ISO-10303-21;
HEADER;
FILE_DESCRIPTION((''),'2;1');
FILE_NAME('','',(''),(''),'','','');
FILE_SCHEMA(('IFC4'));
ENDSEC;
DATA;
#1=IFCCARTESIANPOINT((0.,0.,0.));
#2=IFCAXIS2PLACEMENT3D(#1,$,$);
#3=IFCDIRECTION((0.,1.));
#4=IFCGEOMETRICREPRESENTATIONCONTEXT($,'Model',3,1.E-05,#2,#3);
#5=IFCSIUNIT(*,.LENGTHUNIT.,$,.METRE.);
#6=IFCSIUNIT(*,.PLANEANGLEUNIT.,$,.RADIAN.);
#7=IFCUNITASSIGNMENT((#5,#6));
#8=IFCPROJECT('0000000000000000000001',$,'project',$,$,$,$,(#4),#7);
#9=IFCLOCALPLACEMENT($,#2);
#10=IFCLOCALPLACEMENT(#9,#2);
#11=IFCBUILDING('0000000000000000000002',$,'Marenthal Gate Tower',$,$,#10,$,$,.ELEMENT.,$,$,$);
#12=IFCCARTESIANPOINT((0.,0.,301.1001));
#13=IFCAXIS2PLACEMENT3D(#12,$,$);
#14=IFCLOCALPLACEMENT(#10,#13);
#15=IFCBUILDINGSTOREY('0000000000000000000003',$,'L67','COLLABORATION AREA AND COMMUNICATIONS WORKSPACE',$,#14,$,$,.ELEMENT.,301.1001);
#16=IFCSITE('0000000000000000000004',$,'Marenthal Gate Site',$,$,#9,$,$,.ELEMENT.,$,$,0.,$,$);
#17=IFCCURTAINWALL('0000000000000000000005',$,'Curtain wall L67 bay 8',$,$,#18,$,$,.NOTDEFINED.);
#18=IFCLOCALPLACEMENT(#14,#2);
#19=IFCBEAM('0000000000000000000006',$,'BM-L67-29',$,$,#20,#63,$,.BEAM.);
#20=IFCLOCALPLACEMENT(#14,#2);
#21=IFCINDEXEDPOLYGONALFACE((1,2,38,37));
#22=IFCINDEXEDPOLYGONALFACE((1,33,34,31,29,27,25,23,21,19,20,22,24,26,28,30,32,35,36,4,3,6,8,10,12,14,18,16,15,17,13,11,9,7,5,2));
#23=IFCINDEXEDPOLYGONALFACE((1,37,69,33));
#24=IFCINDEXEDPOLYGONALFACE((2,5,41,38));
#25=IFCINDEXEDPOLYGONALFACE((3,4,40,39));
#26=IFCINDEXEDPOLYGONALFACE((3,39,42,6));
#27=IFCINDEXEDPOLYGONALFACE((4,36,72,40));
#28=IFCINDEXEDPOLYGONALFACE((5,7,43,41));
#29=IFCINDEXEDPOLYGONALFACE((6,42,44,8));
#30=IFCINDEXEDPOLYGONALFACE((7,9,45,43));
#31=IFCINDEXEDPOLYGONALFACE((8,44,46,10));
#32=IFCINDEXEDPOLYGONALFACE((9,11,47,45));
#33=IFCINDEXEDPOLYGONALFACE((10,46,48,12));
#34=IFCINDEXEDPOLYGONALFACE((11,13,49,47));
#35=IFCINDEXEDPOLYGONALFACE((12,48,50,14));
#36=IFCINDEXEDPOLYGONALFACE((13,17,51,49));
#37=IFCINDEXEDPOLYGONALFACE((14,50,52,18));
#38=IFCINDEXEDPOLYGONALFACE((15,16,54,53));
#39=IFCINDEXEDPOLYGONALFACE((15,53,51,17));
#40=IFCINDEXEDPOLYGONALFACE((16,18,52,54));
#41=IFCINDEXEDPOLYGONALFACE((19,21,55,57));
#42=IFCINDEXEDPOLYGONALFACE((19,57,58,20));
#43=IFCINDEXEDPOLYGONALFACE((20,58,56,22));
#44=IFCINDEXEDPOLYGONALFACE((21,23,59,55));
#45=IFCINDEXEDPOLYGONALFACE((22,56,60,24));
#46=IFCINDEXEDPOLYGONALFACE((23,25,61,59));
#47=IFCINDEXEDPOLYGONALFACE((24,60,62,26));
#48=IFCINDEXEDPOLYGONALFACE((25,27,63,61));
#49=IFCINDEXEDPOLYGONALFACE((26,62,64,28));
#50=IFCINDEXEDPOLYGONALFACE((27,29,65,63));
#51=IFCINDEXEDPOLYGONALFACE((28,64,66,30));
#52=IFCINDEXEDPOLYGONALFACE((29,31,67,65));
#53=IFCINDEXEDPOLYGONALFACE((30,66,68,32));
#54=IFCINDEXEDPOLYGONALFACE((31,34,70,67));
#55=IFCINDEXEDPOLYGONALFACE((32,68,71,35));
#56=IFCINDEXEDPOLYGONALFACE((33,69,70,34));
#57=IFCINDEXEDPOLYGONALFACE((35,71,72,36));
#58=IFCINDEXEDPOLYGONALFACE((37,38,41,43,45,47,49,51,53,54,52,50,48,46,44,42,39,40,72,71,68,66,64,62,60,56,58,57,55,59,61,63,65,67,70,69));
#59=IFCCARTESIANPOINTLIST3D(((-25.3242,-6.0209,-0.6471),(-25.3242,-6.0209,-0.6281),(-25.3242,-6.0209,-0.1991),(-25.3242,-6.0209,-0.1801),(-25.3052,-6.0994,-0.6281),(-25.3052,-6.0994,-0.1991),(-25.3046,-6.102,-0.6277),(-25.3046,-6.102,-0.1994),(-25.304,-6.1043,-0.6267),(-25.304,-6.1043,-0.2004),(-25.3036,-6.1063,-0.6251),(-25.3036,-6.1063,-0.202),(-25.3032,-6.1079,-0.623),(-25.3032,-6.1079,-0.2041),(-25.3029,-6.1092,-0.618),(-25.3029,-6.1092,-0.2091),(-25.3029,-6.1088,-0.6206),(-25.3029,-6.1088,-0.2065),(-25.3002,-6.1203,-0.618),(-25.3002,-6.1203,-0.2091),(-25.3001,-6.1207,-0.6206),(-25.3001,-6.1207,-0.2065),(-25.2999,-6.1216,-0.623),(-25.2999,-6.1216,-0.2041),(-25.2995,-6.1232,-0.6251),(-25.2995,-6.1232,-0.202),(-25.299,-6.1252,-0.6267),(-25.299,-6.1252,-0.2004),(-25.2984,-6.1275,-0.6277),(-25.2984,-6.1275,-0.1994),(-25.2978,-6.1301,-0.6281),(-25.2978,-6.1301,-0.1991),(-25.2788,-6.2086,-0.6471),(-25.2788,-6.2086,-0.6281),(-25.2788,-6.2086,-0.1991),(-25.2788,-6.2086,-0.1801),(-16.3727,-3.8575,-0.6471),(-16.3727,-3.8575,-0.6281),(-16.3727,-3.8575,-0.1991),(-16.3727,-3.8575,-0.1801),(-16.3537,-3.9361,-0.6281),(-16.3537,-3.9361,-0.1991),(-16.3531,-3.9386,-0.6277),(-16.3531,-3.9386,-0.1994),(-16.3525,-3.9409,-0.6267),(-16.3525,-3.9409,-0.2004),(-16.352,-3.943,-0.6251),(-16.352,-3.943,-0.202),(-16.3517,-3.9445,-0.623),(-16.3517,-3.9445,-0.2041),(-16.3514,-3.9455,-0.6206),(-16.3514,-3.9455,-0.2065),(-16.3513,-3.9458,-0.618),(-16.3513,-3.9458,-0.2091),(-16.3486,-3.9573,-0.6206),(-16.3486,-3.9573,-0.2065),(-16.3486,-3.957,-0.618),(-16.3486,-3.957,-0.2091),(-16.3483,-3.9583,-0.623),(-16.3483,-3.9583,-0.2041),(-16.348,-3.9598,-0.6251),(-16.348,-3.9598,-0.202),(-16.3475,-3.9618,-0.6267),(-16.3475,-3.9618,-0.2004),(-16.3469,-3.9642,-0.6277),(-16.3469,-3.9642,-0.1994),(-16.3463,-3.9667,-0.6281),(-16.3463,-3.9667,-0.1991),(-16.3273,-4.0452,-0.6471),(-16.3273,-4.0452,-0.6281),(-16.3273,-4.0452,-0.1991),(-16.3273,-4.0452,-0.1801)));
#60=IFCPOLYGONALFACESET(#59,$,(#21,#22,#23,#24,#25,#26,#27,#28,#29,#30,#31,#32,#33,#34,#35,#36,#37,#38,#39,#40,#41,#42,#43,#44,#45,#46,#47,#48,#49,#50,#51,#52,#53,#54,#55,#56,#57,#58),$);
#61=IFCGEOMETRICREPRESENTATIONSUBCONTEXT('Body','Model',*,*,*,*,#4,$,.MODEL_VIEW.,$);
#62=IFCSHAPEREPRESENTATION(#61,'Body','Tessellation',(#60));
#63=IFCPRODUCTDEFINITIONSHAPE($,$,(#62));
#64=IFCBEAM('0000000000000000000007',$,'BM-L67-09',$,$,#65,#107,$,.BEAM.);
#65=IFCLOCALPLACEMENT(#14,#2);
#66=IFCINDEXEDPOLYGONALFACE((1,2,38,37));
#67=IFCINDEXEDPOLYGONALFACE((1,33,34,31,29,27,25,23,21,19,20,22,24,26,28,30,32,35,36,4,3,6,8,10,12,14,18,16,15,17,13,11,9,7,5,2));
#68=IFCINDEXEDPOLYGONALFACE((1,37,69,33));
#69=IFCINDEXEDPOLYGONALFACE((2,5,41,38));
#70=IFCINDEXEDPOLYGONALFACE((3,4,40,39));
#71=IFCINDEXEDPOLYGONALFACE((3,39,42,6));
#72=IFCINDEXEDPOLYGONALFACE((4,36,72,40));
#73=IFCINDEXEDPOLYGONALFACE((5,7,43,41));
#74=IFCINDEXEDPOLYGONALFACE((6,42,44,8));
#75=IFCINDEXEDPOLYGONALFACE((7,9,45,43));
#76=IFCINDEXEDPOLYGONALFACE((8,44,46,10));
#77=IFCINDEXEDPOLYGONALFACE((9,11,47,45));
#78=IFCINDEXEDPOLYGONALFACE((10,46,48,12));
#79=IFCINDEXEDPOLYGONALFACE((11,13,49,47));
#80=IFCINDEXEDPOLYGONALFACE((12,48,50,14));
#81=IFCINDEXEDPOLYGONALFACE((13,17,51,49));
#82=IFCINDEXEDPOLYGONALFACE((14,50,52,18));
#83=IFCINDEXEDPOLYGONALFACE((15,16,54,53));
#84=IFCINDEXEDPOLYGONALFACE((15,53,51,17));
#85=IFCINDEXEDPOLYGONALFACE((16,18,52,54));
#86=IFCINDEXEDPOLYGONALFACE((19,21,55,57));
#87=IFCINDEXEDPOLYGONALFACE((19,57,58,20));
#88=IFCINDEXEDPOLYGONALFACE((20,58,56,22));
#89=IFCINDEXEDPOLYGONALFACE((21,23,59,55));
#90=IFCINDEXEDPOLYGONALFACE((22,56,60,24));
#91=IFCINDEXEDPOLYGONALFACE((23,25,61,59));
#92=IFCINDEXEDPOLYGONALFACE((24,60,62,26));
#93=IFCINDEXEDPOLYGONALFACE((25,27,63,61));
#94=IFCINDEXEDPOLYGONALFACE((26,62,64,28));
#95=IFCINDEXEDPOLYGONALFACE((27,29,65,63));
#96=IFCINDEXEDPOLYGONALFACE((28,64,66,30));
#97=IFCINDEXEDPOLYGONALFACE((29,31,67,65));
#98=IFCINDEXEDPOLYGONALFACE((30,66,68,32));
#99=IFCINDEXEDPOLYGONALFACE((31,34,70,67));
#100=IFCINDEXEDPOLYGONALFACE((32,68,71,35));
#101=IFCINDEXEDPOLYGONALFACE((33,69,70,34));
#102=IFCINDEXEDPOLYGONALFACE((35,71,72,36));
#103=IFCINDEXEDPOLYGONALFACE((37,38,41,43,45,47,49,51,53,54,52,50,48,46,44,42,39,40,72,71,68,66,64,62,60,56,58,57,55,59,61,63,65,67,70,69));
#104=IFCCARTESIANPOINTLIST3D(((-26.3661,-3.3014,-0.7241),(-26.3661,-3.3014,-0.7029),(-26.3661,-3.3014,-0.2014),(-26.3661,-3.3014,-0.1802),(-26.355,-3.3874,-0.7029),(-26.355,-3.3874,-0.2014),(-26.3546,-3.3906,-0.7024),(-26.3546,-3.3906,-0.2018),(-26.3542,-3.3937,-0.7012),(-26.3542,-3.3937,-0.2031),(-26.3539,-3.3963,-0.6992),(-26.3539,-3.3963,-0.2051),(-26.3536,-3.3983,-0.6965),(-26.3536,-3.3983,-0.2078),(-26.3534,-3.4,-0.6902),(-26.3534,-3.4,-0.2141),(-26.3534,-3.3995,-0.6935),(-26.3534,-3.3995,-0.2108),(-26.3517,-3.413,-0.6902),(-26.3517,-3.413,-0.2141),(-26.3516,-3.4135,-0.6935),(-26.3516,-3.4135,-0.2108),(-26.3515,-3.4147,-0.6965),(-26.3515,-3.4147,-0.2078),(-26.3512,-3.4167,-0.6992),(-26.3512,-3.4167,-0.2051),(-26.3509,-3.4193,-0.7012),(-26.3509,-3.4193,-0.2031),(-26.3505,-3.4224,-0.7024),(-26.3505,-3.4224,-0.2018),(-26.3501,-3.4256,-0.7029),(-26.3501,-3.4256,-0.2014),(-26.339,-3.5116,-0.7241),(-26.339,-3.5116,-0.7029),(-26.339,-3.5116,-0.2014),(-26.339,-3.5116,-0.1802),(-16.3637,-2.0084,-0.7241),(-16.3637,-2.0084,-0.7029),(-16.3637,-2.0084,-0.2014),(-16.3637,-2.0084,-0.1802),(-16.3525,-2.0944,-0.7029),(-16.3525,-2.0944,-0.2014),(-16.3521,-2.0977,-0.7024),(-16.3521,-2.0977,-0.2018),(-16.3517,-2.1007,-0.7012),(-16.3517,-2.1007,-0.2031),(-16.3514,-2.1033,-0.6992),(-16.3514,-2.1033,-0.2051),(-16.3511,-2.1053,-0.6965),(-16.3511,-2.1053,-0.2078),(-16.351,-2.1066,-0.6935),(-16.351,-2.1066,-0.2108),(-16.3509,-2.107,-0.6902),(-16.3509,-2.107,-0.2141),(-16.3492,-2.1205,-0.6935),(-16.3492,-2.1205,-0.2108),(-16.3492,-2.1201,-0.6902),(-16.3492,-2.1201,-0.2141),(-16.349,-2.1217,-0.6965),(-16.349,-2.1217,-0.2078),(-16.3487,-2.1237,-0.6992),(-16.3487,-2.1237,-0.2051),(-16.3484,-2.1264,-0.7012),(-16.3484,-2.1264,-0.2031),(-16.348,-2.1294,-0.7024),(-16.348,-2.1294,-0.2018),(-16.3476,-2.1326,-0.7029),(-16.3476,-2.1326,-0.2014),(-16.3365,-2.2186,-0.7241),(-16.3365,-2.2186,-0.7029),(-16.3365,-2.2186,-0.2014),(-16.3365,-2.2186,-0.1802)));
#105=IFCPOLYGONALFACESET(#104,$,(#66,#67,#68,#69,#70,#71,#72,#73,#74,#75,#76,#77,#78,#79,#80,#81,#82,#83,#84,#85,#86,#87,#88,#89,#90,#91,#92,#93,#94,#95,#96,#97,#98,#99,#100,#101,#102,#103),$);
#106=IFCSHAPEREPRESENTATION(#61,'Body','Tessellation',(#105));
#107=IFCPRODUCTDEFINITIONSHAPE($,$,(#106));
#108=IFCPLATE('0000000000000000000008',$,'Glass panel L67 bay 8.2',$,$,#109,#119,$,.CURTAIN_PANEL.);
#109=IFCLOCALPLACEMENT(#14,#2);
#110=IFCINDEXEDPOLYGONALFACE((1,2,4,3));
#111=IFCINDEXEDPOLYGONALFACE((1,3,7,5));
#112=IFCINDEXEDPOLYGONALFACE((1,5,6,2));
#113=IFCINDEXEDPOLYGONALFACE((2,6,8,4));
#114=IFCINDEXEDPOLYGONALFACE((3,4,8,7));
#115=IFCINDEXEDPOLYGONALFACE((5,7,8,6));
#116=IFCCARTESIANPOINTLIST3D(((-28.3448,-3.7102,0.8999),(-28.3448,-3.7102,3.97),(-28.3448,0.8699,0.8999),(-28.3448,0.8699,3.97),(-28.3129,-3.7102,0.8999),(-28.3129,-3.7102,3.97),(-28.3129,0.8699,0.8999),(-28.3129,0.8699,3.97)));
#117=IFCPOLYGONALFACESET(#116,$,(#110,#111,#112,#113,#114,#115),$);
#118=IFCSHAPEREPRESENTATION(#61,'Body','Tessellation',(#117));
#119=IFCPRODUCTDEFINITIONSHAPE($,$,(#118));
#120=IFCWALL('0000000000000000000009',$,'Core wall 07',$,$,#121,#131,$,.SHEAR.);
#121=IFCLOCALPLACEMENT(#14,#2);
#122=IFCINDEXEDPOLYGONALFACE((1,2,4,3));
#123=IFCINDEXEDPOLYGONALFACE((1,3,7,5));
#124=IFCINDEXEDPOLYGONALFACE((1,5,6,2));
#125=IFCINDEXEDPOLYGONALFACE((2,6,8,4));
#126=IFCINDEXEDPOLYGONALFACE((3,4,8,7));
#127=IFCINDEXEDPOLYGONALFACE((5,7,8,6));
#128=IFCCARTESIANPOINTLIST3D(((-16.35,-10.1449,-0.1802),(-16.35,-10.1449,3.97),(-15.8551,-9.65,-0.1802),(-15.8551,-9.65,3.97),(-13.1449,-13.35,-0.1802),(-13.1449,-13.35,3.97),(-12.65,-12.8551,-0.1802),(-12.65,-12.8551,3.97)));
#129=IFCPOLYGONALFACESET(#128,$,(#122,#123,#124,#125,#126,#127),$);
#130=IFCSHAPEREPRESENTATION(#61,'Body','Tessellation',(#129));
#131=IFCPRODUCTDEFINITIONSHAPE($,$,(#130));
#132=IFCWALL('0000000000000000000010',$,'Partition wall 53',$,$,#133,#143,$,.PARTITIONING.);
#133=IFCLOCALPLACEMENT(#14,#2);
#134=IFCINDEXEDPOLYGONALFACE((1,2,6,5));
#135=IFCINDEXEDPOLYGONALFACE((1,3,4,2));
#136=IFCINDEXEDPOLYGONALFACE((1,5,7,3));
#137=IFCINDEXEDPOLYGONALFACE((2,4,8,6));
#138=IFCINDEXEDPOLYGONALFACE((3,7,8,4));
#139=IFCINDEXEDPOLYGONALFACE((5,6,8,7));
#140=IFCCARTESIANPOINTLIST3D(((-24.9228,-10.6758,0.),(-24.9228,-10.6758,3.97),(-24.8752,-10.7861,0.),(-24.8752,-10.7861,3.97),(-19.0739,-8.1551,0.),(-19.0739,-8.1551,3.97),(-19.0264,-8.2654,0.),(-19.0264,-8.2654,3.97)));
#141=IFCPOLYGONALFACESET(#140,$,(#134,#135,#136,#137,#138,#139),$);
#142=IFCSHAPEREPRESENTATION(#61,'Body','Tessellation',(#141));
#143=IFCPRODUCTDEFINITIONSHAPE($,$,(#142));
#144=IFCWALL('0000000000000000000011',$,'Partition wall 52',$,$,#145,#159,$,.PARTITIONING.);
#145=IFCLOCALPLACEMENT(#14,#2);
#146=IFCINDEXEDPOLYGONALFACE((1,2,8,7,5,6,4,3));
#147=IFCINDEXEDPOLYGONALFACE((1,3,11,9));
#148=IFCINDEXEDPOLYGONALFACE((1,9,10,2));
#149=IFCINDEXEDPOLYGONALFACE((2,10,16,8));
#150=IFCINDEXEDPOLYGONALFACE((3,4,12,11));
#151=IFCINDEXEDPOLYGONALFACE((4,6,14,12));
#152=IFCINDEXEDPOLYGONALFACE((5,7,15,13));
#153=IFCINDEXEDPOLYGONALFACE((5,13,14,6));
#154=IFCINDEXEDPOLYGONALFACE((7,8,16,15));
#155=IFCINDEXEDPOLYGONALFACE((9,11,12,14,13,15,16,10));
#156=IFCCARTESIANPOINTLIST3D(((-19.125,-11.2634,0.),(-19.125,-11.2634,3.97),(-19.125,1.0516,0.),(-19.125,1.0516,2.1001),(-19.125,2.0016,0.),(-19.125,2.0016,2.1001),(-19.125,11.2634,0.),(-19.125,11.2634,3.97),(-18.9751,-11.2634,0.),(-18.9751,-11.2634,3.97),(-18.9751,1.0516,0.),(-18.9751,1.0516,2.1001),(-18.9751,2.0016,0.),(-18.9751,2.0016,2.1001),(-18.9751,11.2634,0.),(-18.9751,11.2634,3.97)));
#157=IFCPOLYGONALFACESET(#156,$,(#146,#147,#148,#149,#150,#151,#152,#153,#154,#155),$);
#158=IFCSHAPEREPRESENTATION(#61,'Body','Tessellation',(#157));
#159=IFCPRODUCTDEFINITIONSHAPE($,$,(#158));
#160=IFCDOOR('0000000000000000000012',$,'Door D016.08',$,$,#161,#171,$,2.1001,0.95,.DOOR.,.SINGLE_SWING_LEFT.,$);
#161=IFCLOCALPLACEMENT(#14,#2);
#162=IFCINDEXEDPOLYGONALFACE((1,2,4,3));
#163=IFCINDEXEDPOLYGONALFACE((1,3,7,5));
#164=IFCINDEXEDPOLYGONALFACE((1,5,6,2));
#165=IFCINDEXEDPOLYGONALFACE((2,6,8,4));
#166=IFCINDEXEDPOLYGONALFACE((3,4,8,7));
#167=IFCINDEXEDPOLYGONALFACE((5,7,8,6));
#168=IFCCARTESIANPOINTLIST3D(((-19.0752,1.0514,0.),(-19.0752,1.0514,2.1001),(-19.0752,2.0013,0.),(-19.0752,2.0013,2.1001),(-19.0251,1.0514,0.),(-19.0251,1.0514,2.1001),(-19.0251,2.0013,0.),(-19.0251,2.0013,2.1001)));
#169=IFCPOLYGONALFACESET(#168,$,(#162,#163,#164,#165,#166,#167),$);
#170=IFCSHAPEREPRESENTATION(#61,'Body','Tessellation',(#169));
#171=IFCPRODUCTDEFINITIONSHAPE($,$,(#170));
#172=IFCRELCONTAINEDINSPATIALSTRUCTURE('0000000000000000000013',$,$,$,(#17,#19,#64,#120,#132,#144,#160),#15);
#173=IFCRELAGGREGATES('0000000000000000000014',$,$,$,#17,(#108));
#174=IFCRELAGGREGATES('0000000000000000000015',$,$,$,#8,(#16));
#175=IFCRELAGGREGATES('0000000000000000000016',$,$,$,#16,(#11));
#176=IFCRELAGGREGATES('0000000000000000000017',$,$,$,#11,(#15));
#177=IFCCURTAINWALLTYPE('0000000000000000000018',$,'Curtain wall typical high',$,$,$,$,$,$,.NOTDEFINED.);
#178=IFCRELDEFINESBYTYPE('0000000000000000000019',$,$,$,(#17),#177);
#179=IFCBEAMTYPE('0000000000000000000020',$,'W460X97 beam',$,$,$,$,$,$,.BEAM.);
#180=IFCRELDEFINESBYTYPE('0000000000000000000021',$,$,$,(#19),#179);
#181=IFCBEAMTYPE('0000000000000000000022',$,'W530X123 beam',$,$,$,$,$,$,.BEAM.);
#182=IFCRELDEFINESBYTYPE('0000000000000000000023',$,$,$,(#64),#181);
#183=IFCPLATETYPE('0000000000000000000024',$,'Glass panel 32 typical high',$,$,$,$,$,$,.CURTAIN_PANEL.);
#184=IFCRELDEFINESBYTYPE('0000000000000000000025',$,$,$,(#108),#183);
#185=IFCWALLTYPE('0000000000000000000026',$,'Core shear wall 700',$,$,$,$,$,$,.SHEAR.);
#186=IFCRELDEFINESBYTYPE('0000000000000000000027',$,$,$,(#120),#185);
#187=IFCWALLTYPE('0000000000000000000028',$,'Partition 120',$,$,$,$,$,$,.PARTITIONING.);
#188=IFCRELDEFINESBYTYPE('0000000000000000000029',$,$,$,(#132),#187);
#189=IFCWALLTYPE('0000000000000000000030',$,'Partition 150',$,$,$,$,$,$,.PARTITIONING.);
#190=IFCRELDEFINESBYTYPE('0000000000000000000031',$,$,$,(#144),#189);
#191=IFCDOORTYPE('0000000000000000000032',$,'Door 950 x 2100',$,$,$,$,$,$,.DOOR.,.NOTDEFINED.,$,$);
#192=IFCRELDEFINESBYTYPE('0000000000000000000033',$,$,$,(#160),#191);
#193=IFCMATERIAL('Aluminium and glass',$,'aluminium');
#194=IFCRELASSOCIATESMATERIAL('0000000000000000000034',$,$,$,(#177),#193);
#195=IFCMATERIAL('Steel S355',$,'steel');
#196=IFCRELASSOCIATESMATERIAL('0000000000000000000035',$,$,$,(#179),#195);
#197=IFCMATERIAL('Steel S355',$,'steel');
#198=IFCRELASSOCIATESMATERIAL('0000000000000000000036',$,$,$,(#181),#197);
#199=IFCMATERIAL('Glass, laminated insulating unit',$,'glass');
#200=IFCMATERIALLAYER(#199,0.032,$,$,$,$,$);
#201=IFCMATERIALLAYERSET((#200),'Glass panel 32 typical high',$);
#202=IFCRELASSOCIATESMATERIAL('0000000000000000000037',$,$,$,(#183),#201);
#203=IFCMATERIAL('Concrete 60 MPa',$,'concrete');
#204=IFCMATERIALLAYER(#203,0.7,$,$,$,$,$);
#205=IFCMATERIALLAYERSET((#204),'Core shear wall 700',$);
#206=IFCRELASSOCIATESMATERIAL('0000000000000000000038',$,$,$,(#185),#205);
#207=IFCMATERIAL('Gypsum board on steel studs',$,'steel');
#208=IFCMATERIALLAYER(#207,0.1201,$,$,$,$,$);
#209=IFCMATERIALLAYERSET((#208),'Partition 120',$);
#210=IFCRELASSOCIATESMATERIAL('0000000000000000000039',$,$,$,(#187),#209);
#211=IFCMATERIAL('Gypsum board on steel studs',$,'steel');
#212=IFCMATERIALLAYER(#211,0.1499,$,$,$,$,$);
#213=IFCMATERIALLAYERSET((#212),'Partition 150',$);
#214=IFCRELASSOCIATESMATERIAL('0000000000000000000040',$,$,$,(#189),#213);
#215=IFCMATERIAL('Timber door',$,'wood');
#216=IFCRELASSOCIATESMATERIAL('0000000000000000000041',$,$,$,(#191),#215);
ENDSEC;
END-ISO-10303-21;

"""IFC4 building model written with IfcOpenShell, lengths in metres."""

from ifc_helpers import new_model, si_unit, direction, frame, frame_2d, origin, origin_2d, place, context, subcontext, project, spatial, rectangle, i_section, extrude, material, layer, layer_set, material_profile, profile_set, type_object, element, fill, aggregate, save


model = new_model("IFC4")

# Units and contexts
model_context = context("Model", 3, precision=1e-05, world=origin(), true_north=direction((0.0, 1.0)))
body_context = subcontext(model_context, "Body", "Model", "MODEL_VIEW")
ifc_project = project(units=[si_unit("LENGTHUNIT", "METRE"), si_unit("PLANEANGLEUNIT", "RADIAN")], contexts=[model_context])

# Site, building, storey
site_placement = place(None, origin())
site = spatial("IfcSite", under=ifc_project, at=site_placement, Name="Marenthal Gate Site", CompositionType="ELEMENT", RefElevation=0.0)
building_placement = place(site_placement, origin())
building = spatial("IfcBuilding", under=site, at=building_placement, Name="Marenthal Gate Tower", CompositionType="ELEMENT")
storey_placement = place(building_placement, frame((0.0, 0.0, 301.1001)))
storey = spatial("IfcBuildingStorey", under=building, at=storey_placement, Name="L67", Description="COLLABORATION AREA AND COMMUNICATIONS WORKSPACE", CompositionType="ELEMENT", Elevation=301.1001)

# Curtain wall
ifc_material_1 = material(Name="Aluminium and glass", Category="aluminium")
curtain_wall_type = type_object("IfcCurtainWallType", Name="Curtain wall typical high", PredefinedType="NOTDEFINED", material=ifc_material_1)
curtain_wall_placement = place(storey_placement, origin())
curtain_wall = element("IfcCurtainWall", 1, at=curtain_wall_placement, inside=storey, type_object=curtain_wall_type, Name="Curtain wall L67 bay 8", PredefinedType="NOTDEFINED")

# Beams
ifc_material_2 = material(Name="Steel S355", Category="steel")
ifc_material_profile_1 = material_profile(ifc_material_2, i_section(OverallWidth=0.1931, OverallDepth=0.467, WebThickness=0.0115, FlangeThickness=0.019, FilletRadius=0.01, at=origin_2d()), Name="W460X97")
ifc_profile_set_1 = profile_set([ifc_material_profile_1], Name="Steel S355")
beam_type_1 = type_object("IfcBeamType", Name="W460X97 beam", PredefinedType="BEAM", material=ifc_profile_set_1)
beam_1_placement = place(storey_placement, frame((-25.3015, -6.1147, -0.4136), z_axis=(0.972017, 0.234912, 0.0), x_axis=(-0.234912, 0.972017, 0.0)))
element("IfcBeam", 2, at=beam_1_placement, inside=storey, type_object=beam_type_1, Name="BM-L67-29", PredefinedType="BEAM", context=body_context, shape_type="SweptSolid", body=[
    extrude(i_section(OverallWidth=0.1931, OverallDepth=0.467, WebThickness=0.0115, FlangeThickness=0.019, FilletRadius=0.01, at=origin_2d()), origin(), (0.0, 0.0, 1.0), 9.2092),
])
ifc_material_3 = material(Name="Steel S355", Category="steel")
ifc_material_profile_2 = material_profile(ifc_material_3, i_section(OverallWidth=0.2119, OverallDepth=0.5439, WebThickness=0.0132, FlangeThickness=0.0212, FilletRadius=0.0127, at=origin_2d()), Name="W530X123")
ifc_profile_set_2 = profile_set([ifc_material_profile_2], Name="Steel S355")
beam_type_2 = type_object("IfcBeamType", Name="W530X123 beam", PredefinedType="BEAM", material=ifc_profile_set_2)
beam_2_placement = place(storey_placement, frame((-26.3525, -3.4065, -0.4521), z_axis=(0.991749, 0.128199, 0.0), x_axis=(-0.128199, 0.991749, 0.0)))
element("IfcBeam", 3, at=beam_2_placement, inside=storey, type_object=beam_type_2, Name="BM-L67-09", PredefinedType="BEAM", context=body_context, shape_type="SweptSolid", body=[
    extrude(i_section(OverallWidth=0.2119, OverallDepth=0.5439, WebThickness=0.0132, FlangeThickness=0.0212, FilletRadius=0.0127, at=origin_2d()), origin(), (0.0, 0.0, 1.0), 10.0857),
])

# Plate
ifc_material_4 = material(Name="Glass, laminated insulating unit", Category="glass")
ifc_layer_1 = layer(ifc_material_4, 0.032)
ifc_layer_set_1 = layer_set([ifc_layer_1], Name="Glass panel 32 typical high")
plate_type = type_object("IfcPlateType", Name="Glass panel 32 typical high", PredefinedType="CURTAIN_PANEL", material=ifc_layer_set_1)
plate_placement = place(storey_placement, frame((-28.3289, -1.4202, 0.8999), z_axis=(0.0, 0.0, 1.0), x_axis=(0.0, -1.0, 0.0)))
plate = element("IfcPlate", 4, at=plate_placement, type_object=plate_type, Name="Glass panel L67 bay 8.2", PredefinedType="CURTAIN_PANEL", context=body_context, shape_type="SweptSolid", body=[
    extrude(rectangle(XDim=4.5801, YDim=0.032, at=origin_2d()), origin(), (0.0, 0.0, 1.0), 3.0701),
])
aggregate(curtain_wall, [plate])

# Walls
ifc_material_5 = material(Name="Concrete 60 MPa", Category="concrete")
ifc_layer_2 = layer(ifc_material_5, 0.7)
ifc_layer_set_2 = layer_set([ifc_layer_2], Name="Core shear wall 700")
wall_type_1 = type_object("IfcWallType", Name="Core shear wall 700", PredefinedType="SHEAR", material=ifc_layer_set_2)
wall_1_placement = place(storey_placement, frame((-16.1025, -9.8975, -0.1802), z_axis=(0.0, 0.0, 1.0), x_axis=(0.707107, -0.707107, 0.0)))
element("IfcWall", 5, at=wall_1_placement, inside=storey, type_object=wall_type_1, Name="Core wall 07", PredefinedType="SHEAR", context=body_context, shape_type="SweptSolid", body=[
    extrude(rectangle(XDim=4.5327, YDim=0.7, at=frame_2d((2.2664, 0.0))), origin(), (0.0, 0.0, 1.0), 4.1501),
])
ifc_material_6 = material(Name="Gypsum board on steel studs", Category="steel")
ifc_layer_3 = layer(ifc_material_6, 0.1201)
ifc_layer_set_3 = layer_set([ifc_layer_3], Name="Partition 120")
wall_type_2 = type_object("IfcWallType", Name="Partition 120", PredefinedType="PARTITIONING", material=ifc_layer_set_3)
wall_2_placement = place(storey_placement, frame((-19.05, -8.2102, 0.0), z_axis=(0.0, 0.0, 1.0), x_axis=(-0.918342, -0.395788, 0.0)))
element("IfcWall", 6, at=wall_2_placement, inside=storey, type_object=wall_type_2, Name="Partition wall 53", PredefinedType="PARTITIONING", context=body_context, shape_type="SweptSolid", body=[
    extrude(rectangle(XDim=6.3689, YDim=0.1201, at=frame_2d((3.1846, 0.0))), origin(), (0.0, 0.0, 1.0), 3.97),
])

# Wall, opening, door
ifc_material_7 = material(Name="Gypsum board on steel studs", Category="steel")
ifc_layer_4 = layer(ifc_material_7, 0.1499)
ifc_layer_set_4 = layer_set([ifc_layer_4], Name="Partition 150")
wall_type_3 = type_object("IfcWallType", Name="Partition 150", PredefinedType="PARTITIONING", material=ifc_layer_set_4)
wall_3_placement = place(storey_placement, frame((-19.05, -11.2634, 0.0), z_axis=(0.0, 0.0, 1.0), x_axis=(0.0, 1.0, 0.0)))
wall_3 = element("IfcWall", 7, at=wall_3_placement, inside=storey, type_object=wall_type_3, Name="Partition wall 52", PredefinedType="PARTITIONING", context=body_context, shape_type="SweptSolid", body=[
    extrude(rectangle(XDim=22.5269, YDim=0.1499, at=frame_2d((11.2634, 0.0))), origin(), (0.0, 0.0, 1.0), 3.97),
])
opening_1_placement = place(wall_3_placement, frame((12.3149, 0.0, 0.0)))
opening_1 = element("IfcOpeningElement", 8, at=opening_1_placement, cuts=wall_3, PredefinedType="OPENING", context=body_context, shape_type="SweptSolid", body=[
    extrude(rectangle(XDim=0.95, YDim=2.1001, at=frame_2d((0.4751, 1.05))), frame((0.0, 0.085, 0.0), z_axis=(0.0, -1.0, 0.0), x_axis=(1.0, 0.0, 0.0)), (0.0, 0.0, 1.0), 0.1699),
])
ifc_material_8 = material(Name="Timber door", Category="wood")
door_type_1 = type_object("IfcDoorType", Name="Door 950 x 2100", OperationType="NOTDEFINED", PredefinedType="DOOR", material=ifc_material_8)
door_1_placement = place(opening_1_placement, frame((0.95, 0.0, 0.0), z_axis=(0.0, 0.0, 1.0), x_axis=(-1.0, 0.0, 0.0)))
door_1 = element("IfcDoor", 9, at=door_1_placement, inside=storey, type_object=door_type_1, Name="Door D016.08", OperationType="SINGLE_SWING_LEFT", OverallHeight=2.1001, OverallWidth=0.95, PredefinedType="DOOR", context=body_context, shape_type="SweptSolid", body=[
    extrude(rectangle(XDim=0.95, YDim=2.1001, at=frame_2d((0.4751, 1.05))), frame((0.0, 0.0249, 0.0), z_axis=(0.0, -1.0, 0.0), x_axis=(1.0, 0.0, 0.0)), (0.0, 0.0, 1.0), 0.05),
])
fill(opening_1, door_1)

save(model, "model.ifc")
